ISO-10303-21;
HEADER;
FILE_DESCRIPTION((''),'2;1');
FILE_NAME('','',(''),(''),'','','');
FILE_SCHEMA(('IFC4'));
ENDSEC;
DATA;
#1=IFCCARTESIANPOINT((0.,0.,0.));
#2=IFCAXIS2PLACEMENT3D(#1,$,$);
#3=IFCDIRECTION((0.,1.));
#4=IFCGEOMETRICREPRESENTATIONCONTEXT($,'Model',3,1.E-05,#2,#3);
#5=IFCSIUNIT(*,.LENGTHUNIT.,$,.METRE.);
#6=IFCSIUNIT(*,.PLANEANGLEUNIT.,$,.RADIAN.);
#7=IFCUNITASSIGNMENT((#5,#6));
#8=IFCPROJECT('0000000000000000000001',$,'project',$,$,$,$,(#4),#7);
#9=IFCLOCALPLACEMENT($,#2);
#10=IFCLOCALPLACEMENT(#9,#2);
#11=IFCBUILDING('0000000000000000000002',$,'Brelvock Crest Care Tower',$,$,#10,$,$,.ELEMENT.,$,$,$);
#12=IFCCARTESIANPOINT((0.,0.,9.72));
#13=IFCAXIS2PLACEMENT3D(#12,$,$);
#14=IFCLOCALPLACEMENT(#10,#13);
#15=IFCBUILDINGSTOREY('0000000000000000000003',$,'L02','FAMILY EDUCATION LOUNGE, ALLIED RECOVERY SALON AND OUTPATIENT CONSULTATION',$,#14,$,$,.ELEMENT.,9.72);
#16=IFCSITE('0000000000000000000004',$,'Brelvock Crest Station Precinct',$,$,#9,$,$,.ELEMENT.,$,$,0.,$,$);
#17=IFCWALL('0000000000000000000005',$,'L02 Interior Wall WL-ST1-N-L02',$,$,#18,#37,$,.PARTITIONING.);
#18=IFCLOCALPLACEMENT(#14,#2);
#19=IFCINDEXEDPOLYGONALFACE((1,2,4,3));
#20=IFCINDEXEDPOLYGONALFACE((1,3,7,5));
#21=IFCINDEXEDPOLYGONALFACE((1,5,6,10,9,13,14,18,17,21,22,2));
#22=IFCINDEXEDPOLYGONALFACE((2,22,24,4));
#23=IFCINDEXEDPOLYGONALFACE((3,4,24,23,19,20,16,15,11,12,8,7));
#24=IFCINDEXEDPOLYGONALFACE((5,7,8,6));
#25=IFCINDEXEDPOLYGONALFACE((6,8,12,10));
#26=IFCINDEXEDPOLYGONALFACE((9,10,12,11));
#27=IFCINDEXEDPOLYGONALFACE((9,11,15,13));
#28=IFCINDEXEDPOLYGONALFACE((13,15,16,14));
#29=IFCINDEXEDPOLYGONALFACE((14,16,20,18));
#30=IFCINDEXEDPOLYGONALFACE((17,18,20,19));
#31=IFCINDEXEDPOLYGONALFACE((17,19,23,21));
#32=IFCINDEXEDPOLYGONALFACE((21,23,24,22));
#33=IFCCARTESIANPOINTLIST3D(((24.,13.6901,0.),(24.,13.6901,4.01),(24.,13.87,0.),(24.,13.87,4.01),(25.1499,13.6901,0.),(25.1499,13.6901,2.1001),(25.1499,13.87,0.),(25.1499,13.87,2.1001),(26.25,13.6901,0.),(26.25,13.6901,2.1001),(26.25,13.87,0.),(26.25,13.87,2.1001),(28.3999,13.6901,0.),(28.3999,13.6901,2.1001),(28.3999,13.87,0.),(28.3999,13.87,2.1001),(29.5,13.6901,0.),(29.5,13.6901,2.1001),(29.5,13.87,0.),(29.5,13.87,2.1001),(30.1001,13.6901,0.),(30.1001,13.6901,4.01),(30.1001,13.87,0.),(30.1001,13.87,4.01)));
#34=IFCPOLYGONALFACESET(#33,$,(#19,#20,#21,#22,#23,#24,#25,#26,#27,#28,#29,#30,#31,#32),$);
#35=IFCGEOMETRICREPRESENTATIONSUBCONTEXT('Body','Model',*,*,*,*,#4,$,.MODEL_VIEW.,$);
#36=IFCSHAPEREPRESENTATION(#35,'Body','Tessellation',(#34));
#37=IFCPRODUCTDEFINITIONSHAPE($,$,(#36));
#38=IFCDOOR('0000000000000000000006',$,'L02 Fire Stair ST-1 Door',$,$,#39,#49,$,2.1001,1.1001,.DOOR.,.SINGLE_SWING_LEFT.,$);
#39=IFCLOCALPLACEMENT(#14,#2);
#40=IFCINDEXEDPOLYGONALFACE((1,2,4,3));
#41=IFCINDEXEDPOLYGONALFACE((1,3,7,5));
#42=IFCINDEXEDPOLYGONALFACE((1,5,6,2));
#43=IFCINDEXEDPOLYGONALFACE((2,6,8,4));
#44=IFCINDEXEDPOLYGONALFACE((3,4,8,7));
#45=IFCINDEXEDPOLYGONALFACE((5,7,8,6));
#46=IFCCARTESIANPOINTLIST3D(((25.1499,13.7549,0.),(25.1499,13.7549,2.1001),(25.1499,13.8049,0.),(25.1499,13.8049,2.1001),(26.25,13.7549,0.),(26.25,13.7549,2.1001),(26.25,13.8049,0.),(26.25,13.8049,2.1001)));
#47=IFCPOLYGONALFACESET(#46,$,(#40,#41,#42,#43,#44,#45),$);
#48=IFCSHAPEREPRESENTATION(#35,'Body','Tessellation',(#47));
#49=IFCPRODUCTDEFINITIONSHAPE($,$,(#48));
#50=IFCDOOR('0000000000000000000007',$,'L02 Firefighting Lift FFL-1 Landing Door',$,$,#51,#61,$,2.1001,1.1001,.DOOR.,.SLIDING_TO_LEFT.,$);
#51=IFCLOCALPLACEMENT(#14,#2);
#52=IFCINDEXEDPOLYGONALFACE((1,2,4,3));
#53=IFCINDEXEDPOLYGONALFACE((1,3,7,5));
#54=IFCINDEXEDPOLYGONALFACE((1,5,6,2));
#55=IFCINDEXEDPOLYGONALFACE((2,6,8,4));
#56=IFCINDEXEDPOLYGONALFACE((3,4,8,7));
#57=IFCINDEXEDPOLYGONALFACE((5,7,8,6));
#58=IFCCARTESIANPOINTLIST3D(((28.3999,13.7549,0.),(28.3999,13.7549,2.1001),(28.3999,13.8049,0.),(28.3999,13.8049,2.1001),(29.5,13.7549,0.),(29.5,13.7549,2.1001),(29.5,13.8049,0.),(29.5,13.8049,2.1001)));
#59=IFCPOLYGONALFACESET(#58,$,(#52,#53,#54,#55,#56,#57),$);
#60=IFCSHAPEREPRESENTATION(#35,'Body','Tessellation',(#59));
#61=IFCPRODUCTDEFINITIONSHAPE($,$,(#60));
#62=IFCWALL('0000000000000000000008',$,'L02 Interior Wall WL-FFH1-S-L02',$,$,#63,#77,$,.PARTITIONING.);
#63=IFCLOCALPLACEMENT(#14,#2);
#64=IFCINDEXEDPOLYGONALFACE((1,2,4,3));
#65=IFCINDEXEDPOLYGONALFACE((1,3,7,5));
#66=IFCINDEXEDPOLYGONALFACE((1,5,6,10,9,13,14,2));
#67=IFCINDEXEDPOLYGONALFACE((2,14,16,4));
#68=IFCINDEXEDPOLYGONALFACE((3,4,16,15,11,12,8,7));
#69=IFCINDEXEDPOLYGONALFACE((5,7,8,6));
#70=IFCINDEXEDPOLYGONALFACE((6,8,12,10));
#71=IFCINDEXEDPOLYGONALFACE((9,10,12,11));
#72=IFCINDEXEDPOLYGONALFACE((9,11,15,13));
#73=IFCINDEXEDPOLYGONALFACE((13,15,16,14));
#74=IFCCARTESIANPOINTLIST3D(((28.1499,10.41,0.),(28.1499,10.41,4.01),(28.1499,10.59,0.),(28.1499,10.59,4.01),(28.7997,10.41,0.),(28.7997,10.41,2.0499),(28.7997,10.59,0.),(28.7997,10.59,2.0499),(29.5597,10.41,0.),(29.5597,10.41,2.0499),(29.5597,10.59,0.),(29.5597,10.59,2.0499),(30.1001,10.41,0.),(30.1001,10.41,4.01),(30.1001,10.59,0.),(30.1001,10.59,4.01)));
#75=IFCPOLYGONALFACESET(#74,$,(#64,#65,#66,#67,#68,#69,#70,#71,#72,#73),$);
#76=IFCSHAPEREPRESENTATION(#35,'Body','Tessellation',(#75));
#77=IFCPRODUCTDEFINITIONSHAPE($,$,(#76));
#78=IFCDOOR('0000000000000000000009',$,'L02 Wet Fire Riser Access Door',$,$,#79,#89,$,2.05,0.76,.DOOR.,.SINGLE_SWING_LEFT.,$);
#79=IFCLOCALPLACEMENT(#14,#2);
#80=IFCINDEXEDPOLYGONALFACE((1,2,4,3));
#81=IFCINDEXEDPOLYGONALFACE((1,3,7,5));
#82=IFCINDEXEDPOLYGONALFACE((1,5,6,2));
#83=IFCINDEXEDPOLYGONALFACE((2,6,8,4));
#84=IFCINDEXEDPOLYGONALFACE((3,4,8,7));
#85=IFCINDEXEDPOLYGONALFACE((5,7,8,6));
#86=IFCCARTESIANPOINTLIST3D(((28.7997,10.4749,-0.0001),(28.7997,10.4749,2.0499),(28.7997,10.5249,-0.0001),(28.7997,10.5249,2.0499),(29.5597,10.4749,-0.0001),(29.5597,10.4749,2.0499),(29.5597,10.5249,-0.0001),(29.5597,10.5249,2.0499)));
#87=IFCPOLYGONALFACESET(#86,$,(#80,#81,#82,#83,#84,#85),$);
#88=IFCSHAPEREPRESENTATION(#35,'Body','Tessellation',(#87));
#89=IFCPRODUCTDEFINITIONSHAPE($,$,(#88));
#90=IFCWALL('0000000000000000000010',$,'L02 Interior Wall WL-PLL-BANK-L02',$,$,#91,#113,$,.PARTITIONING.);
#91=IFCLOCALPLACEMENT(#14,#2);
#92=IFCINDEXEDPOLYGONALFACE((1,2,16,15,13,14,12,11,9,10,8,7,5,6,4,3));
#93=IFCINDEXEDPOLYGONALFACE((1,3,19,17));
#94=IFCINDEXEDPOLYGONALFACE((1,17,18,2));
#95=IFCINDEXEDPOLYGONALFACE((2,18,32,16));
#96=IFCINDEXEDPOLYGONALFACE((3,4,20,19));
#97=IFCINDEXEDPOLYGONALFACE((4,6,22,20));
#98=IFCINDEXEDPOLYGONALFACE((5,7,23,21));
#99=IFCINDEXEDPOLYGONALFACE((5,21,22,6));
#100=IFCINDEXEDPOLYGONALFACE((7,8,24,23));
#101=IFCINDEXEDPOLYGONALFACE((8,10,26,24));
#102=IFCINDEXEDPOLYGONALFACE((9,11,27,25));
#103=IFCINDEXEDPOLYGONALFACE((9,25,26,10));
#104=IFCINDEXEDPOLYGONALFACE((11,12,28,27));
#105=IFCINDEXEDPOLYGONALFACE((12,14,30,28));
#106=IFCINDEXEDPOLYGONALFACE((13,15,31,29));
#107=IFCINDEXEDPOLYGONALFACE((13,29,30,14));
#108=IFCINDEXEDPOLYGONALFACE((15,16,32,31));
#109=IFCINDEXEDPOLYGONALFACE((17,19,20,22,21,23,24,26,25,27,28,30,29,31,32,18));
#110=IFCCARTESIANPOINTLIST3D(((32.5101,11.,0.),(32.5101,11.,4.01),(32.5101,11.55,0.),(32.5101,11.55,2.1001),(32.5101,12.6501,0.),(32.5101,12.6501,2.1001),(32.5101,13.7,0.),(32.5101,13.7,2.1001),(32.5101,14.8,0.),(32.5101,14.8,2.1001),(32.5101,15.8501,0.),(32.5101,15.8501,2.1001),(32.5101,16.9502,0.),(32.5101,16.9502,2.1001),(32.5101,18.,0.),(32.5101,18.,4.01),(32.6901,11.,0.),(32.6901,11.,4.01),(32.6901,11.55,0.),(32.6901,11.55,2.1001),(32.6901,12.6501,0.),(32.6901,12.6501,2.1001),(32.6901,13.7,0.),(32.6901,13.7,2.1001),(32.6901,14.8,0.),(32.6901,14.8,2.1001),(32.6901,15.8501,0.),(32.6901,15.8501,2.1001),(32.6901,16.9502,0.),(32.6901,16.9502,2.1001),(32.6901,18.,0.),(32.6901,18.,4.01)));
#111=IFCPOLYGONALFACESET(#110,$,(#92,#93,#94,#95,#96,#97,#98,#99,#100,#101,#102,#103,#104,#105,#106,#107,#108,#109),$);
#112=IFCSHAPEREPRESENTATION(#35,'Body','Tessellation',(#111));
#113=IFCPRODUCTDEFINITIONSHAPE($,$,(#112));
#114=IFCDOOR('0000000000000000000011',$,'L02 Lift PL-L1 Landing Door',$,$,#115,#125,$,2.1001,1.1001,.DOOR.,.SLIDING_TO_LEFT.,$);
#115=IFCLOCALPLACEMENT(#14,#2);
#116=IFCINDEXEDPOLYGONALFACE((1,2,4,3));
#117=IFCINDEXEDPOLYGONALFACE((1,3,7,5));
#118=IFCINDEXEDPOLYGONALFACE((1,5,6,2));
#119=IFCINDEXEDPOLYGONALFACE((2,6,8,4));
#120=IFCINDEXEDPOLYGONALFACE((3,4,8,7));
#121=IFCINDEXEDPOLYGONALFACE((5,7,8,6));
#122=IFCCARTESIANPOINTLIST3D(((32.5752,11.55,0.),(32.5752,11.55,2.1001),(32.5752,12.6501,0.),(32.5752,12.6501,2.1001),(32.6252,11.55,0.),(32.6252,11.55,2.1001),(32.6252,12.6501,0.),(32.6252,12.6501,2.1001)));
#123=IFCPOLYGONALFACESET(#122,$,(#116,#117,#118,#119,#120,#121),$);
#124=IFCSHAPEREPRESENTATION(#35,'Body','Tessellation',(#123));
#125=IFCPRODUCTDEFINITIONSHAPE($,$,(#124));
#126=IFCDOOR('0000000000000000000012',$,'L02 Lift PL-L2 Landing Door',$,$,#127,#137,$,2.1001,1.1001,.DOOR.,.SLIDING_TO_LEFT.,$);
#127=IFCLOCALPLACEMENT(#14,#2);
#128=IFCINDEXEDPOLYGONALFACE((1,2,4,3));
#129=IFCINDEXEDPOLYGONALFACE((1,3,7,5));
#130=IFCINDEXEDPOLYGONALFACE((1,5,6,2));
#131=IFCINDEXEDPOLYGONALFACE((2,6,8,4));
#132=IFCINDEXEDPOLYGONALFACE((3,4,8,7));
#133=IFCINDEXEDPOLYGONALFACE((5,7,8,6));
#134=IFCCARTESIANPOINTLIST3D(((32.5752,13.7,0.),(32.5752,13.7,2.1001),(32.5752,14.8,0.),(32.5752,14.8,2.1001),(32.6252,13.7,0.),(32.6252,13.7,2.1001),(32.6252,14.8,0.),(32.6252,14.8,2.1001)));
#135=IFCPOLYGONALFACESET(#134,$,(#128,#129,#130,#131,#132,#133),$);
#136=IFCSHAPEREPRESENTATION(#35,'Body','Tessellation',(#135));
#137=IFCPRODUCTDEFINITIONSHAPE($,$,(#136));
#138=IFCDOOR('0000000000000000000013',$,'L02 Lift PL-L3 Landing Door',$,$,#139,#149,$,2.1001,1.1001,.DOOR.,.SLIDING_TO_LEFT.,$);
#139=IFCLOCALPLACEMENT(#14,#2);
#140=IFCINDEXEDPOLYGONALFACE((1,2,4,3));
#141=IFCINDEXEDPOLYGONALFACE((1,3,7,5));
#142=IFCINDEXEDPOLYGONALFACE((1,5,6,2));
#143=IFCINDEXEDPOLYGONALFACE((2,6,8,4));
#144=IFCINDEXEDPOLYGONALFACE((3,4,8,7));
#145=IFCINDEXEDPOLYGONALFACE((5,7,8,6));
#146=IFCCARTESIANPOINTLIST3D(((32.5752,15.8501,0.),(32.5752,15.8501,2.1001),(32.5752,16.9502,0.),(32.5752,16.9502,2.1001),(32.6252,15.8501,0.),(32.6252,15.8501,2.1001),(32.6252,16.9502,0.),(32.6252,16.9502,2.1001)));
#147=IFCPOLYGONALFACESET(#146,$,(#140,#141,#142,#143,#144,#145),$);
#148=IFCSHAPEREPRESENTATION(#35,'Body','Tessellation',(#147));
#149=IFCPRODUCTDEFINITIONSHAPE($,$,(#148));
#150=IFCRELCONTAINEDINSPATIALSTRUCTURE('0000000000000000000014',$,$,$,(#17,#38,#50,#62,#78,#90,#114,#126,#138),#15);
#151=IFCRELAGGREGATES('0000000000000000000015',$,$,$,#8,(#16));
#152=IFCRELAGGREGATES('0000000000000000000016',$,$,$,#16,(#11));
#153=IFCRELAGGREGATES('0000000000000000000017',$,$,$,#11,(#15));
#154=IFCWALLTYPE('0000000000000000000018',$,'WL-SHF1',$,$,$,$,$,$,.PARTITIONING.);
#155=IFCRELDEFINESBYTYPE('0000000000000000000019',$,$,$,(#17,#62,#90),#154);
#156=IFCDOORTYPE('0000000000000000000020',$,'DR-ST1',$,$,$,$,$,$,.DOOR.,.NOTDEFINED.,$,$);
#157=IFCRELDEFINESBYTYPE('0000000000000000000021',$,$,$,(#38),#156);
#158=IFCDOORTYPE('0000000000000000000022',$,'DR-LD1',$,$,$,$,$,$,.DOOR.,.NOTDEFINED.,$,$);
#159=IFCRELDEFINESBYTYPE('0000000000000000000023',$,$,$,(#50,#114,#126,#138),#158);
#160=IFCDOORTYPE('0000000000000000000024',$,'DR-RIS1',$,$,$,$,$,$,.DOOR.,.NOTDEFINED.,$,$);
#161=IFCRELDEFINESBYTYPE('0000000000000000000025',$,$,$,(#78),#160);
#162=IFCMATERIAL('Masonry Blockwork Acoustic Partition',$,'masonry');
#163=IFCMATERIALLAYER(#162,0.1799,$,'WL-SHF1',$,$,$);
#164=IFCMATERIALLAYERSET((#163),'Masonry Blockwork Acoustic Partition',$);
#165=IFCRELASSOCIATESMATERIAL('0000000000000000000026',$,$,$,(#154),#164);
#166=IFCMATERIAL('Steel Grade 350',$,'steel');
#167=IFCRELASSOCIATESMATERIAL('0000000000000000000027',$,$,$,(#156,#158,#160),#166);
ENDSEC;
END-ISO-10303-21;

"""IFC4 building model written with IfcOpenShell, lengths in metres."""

from ifc_helpers import new_model, si_unit, direction, frame, frame_2d, origin, origin_2d, place, context, subcontext, project, spatial, rectangle, extrude, source, transform, mapped, material, layer, layer_set, type_object, element, fill, save


model = new_model("IFC4")

# Units and contexts
model_context = context("Model", 3, precision=1e-05, world=origin(), true_north=direction((0.0, 1.0)))
body_context = subcontext(model_context, "Body", "Model", "MODEL_VIEW")
ifc_project = project(units=[si_unit("LENGTHUNIT", "METRE"), si_unit("PLANEANGLEUNIT", "RADIAN")], contexts=[model_context])

# Site, building, storey
site_placement = place(None, origin())
site = spatial("IfcSite", under=ifc_project, at=site_placement, Name="Brelvock Crest Station Precinct", CompositionType="ELEMENT", RefElevation=0.0)
building_placement = place(site_placement, origin())
building = spatial("IfcBuilding", under=site, at=building_placement, Name="Brelvock Crest Care Tower", CompositionType="ELEMENT")
storey_placement = place(building_placement, frame((0.0, 0.0, 9.72)))
storey = spatial("IfcBuildingStorey", under=building, at=storey_placement, Name="L02", Description="FAMILY EDUCATION LOUNGE, ALLIED RECOVERY SALON AND OUTPATIENT CONSULTATION", CompositionType="ELEMENT", Elevation=9.72)

# Shared definitions
ifc_material_1 = material(Name="Steel Grade 350", Category="steel")

# Shared definitions
ifc_material_2 = material(Name="Masonry Blockwork Acoustic Partition", Category="masonry")
ifc_layer_1 = layer(ifc_material_2, 0.1799, Name="WL-SHF1")
ifc_layer_set_1 = layer_set([ifc_layer_1], Name="Masonry Blockwork Acoustic Partition")
wall_type_1 = type_object("IfcWallType", Name="WL-SHF1", PredefinedType="PARTITIONING", material=ifc_layer_set_1)

# Wall, openings, doors
wall_1_placement = place(storey_placement, frame((24.0, 13.78, 0.0), z_axis=(0.0, 0.0, 1.0), x_axis=(1.0, 0.0, 0.0)))
wall_1 = element("IfcWall", 1, at=wall_1_placement, inside=storey, type_object=wall_type_1, Name="L02 Interior Wall WL-ST1-N-L02", PredefinedType="PARTITIONING", context=body_context, shape_type="SweptSolid", body=[
    extrude(rectangle(XDim=6.1001, YDim=0.1799, at=frame_2d((3.05, 0.0))), origin(), (0.0, 0.0, 1.0), 4.01),
])
opening_1_placement = place(wall_1_placement, frame((1.1499, 0.0, 0.0)))
opening_1 = element("IfcOpeningElement", 2, at=opening_1_placement, cuts=wall_1, PredefinedType="OPENING", context=body_context, shape_type="SweptSolid", body=[
    extrude(rectangle(XDim=1.1001, YDim=2.1001, at=origin_2d()), frame((0.55, 0.1001, 1.05), z_axis=(0.0, -1.0, 0.0), x_axis=(1.0, 0.0, 0.0)), (0.0, 0.0, 1.0), 0.2),
])
opening_2_placement = place(wall_1_placement, frame((4.3999, 0.0, 0.0)))
opening_2 = element("IfcOpeningElement", 3, at=opening_2_placement, cuts=wall_1, PredefinedType="OPENING", context=body_context, shape_type="SweptSolid", body=[
    extrude(rectangle(XDim=1.1001, YDim=2.1001, at=origin_2d()), frame((0.55, 0.1001, 1.05), z_axis=(0.0, -1.0, 0.0), x_axis=(1.0, 0.0, 0.0)), (0.0, 0.0, 1.0), 0.2),
])
door_type_1 = type_object("IfcDoorType", Name="DR-ST1", OperationType="NOTDEFINED", PredefinedType="DOOR", material=ifc_material_1)
shared_shape_1 = source(origin(), body_context, "Body", "SweptSolid", [
    extrude(rectangle(XDim=1.1001, YDim=2.1001, at=origin_2d()), frame((0.55, 0.0249, 1.05), z_axis=(0.0, -1.0, 0.0), x_axis=(1.0, 0.0, 0.0)), (0.0, 0.0, 1.0), 0.05),
])
door_1_placement = place(opening_1_placement, origin())
door_1 = element("IfcDoor", 4, at=door_1_placement, inside=storey, type_object=door_type_1, Name="L02 Fire Stair ST-1 Door", OperationType="SINGLE_SWING_LEFT", OverallHeight=2.1001, OverallWidth=1.1001, PredefinedType="DOOR", context=body_context, shape_type="MappedRepresentation", body=[
    mapped(shared_shape_1, transform((0.0, 0.0, 0.0), x_axis=(1.0, 0.0, 0.0), y_axis=(0.0, 1.0, 0.0), z_axis=(0.0, 0.0, 1.0), scale=1.0)),
])
fill(opening_1, door_1)
door_type_2 = type_object("IfcDoorType", Name="DR-LD1", OperationType="NOTDEFINED", PredefinedType="DOOR", material=ifc_material_1)
shared_shape_2 = source(origin(), body_context, "Body", "SweptSolid", [
    extrude(rectangle(XDim=1.1001, YDim=2.1001, at=origin_2d()), frame((0.55, 0.0249, 1.05), z_axis=(0.0, -1.0, 0.0), x_axis=(1.0, 0.0, 0.0)), (0.0, 0.0, 1.0), 0.05),
])
door_2_placement = place(opening_2_placement, origin())
door_2 = element("IfcDoor", 5, at=door_2_placement, inside=storey, type_object=door_type_2, Name="L02 Firefighting Lift FFL-1 Landing Door", OperationType="SLIDING_TO_LEFT", OverallHeight=2.1001, OverallWidth=1.1001, PredefinedType="DOOR", context=body_context, shape_type="MappedRepresentation", body=[
    mapped(shared_shape_2, transform((0.0, 0.0, 0.0), x_axis=(1.0, 0.0, 0.0), y_axis=(0.0, 1.0, 0.0), z_axis=(0.0, 0.0, 1.0), scale=1.0)),
])
fill(opening_2, door_2)

# Wall, opening, door
wall_2_placement = place(storey_placement, frame((28.1499, 10.5, 0.0), z_axis=(0.0, 0.0, 1.0), x_axis=(1.0, 0.0, 0.0)))
wall_2 = element("IfcWall", 6, at=wall_2_placement, inside=storey, type_object=wall_type_1, Name="L02 Interior Wall WL-FFH1-S-L02", PredefinedType="PARTITIONING", context=body_context, shape_type="SweptSolid", body=[
    extrude(rectangle(XDim=1.9502, YDim=0.1799, at=frame_2d((0.9751, 0.0))), origin(), (0.0, 0.0, 1.0), 4.01),
])
opening_3_placement = place(wall_2_placement, frame((0.6499, 0.0, 0.0)))
opening_3 = element("IfcOpeningElement", 7, at=opening_3_placement, cuts=wall_2, PredefinedType="OPENING", context=body_context, shape_type="SweptSolid", body=[
    extrude(rectangle(XDim=0.76, YDim=2.05, at=origin_2d()), frame((0.3799, 0.1001, 1.0249), z_axis=(0.0, -1.0, 0.0), x_axis=(1.0, 0.0, 0.0)), (0.0, 0.0, 1.0), 0.2),
])
door_type_3 = type_object("IfcDoorType", Name="DR-RIS1", OperationType="NOTDEFINED", PredefinedType="DOOR", material=ifc_material_1)
shared_shape_3 = source(origin(), body_context, "Body", "SweptSolid", [
    extrude(rectangle(XDim=0.76, YDim=2.05, at=origin_2d()), frame((0.3799, 0.0249, 1.0249), z_axis=(0.0, -1.0, 0.0), x_axis=(1.0, 0.0, 0.0)), (0.0, 0.0, 1.0), 0.05),
])
door_3_placement = place(opening_3_placement, origin())
door_3 = element("IfcDoor", 8, at=door_3_placement, inside=storey, type_object=door_type_3, Name="L02 Wet Fire Riser Access Door", OperationType="SINGLE_SWING_LEFT", OverallHeight=2.05, OverallWidth=0.76, PredefinedType="DOOR", context=body_context, shape_type="MappedRepresentation", body=[
    mapped(shared_shape_3, transform((0.0, 0.0, 0.0), x_axis=(1.0, 0.0, 0.0), y_axis=(0.0, 1.0, 0.0), z_axis=(0.0, 0.0, 1.0), scale=1.0)),
])
fill(opening_3, door_3)

# Wall, openings, doors
wall_3_placement = place(storey_placement, frame((32.6001, 11.0, 0.0), z_axis=(0.0, 0.0, 1.0), x_axis=(0.0, 1.0, 0.0)))
wall_3 = element("IfcWall", 9, at=wall_3_placement, inside=storey, type_object=wall_type_1, Name="L02 Interior Wall WL-PLL-BANK-L02", PredefinedType="PARTITIONING", context=body_context, shape_type="SweptSolid", body=[
    extrude(rectangle(XDim=7.0, YDim=0.1799, at=frame_2d((3.5, 0.0))), origin(), (0.0, 0.0, 1.0), 4.01),
])
opening_4_placement = place(wall_3_placement, frame((0.55, 0.0, 0.0)))
opening_4 = element("IfcOpeningElement", 10, at=opening_4_placement, cuts=wall_3, PredefinedType="OPENING", context=body_context, shape_type="SweptSolid", body=[
    extrude(rectangle(XDim=1.1001, YDim=2.1001, at=origin_2d()), frame((0.55, 0.1001, 1.05), z_axis=(0.0, -1.0, 0.0), x_axis=(1.0, 0.0, 0.0)), (0.0, 0.0, 1.0), 0.2),
])
opening_5_placement = place(wall_3_placement, frame((2.7, 0.0, 0.0)))
opening_5 = element("IfcOpeningElement", 11, at=opening_5_placement, cuts=wall_3, PredefinedType="OPENING", context=body_context, shape_type="SweptSolid", body=[
    extrude(rectangle(XDim=1.1001, YDim=2.1001, at=origin_2d()), frame((0.55, 0.1001, 1.05), z_axis=(0.0, -1.0, 0.0), x_axis=(1.0, 0.0, 0.0)), (0.0, 0.0, 1.0), 0.2),
])
opening_6_placement = place(wall_3_placement, frame((4.8501, 0.0, 0.0)))
opening_6 = element("IfcOpeningElement", 12, at=opening_6_placement, cuts=wall_3, PredefinedType="OPENING", context=body_context, shape_type="SweptSolid", body=[
    extrude(rectangle(XDim=1.1001, YDim=2.1001, at=origin_2d()), frame((0.55, 0.1001, 1.05), z_axis=(0.0, -1.0, 0.0), x_axis=(1.0, 0.0, 0.0)), (0.0, 0.0, 1.0), 0.2),
])
door_4_placement = place(opening_4_placement, origin())
door_4 = element("IfcDoor", 13, at=door_4_placement, inside=storey, type_object=door_type_2, Name="L02 Lift PL-L1 Landing Door", OperationType="SLIDING_TO_LEFT", OverallHeight=2.1001, OverallWidth=1.1001, PredefinedType="DOOR", context=body_context, shape_type="MappedRepresentation", body=[
    mapped(shared_shape_2, transform((0.0, 0.0, 0.0), x_axis=(1.0, 0.0, 0.0), y_axis=(0.0, 1.0, 0.0), z_axis=(0.0, 0.0, 1.0), scale=1.0)),
])
fill(opening_4, door_4)
door_5_placement = place(opening_5_placement, origin())
door_5 = element("IfcDoor", 14, at=door_5_placement, inside=storey, type_object=door_type_2, Name="L02 Lift PL-L2 Landing Door", OperationType="SLIDING_TO_LEFT", OverallHeight=2.1001, OverallWidth=1.1001, PredefinedType="DOOR", context=body_context, shape_type="MappedRepresentation", body=[
    mapped(shared_shape_2, transform((0.0, 0.0, 0.0), x_axis=(1.0, 0.0, 0.0), y_axis=(0.0, 1.0, 0.0), z_axis=(0.0, 0.0, 1.0), scale=1.0)),
])
fill(opening_5, door_5)
door_6_placement = place(opening_6_placement, origin())
door_6 = element("IfcDoor", 15, at=door_6_placement, inside=storey, type_object=door_type_2, Name="L02 Lift PL-L3 Landing Door", OperationType="SLIDING_TO_LEFT", OverallHeight=2.1001, OverallWidth=1.1001, PredefinedType="DOOR", context=body_context, shape_type="MappedRepresentation", body=[
    mapped(shared_shape_2, transform((0.0, 0.0, 0.0), x_axis=(1.0, 0.0, 0.0), y_axis=(0.0, 1.0, 0.0), z_axis=(0.0, 0.0, 1.0), scale=1.0)),
])
fill(opening_6, door_6)

save(model, "model.ifc")
